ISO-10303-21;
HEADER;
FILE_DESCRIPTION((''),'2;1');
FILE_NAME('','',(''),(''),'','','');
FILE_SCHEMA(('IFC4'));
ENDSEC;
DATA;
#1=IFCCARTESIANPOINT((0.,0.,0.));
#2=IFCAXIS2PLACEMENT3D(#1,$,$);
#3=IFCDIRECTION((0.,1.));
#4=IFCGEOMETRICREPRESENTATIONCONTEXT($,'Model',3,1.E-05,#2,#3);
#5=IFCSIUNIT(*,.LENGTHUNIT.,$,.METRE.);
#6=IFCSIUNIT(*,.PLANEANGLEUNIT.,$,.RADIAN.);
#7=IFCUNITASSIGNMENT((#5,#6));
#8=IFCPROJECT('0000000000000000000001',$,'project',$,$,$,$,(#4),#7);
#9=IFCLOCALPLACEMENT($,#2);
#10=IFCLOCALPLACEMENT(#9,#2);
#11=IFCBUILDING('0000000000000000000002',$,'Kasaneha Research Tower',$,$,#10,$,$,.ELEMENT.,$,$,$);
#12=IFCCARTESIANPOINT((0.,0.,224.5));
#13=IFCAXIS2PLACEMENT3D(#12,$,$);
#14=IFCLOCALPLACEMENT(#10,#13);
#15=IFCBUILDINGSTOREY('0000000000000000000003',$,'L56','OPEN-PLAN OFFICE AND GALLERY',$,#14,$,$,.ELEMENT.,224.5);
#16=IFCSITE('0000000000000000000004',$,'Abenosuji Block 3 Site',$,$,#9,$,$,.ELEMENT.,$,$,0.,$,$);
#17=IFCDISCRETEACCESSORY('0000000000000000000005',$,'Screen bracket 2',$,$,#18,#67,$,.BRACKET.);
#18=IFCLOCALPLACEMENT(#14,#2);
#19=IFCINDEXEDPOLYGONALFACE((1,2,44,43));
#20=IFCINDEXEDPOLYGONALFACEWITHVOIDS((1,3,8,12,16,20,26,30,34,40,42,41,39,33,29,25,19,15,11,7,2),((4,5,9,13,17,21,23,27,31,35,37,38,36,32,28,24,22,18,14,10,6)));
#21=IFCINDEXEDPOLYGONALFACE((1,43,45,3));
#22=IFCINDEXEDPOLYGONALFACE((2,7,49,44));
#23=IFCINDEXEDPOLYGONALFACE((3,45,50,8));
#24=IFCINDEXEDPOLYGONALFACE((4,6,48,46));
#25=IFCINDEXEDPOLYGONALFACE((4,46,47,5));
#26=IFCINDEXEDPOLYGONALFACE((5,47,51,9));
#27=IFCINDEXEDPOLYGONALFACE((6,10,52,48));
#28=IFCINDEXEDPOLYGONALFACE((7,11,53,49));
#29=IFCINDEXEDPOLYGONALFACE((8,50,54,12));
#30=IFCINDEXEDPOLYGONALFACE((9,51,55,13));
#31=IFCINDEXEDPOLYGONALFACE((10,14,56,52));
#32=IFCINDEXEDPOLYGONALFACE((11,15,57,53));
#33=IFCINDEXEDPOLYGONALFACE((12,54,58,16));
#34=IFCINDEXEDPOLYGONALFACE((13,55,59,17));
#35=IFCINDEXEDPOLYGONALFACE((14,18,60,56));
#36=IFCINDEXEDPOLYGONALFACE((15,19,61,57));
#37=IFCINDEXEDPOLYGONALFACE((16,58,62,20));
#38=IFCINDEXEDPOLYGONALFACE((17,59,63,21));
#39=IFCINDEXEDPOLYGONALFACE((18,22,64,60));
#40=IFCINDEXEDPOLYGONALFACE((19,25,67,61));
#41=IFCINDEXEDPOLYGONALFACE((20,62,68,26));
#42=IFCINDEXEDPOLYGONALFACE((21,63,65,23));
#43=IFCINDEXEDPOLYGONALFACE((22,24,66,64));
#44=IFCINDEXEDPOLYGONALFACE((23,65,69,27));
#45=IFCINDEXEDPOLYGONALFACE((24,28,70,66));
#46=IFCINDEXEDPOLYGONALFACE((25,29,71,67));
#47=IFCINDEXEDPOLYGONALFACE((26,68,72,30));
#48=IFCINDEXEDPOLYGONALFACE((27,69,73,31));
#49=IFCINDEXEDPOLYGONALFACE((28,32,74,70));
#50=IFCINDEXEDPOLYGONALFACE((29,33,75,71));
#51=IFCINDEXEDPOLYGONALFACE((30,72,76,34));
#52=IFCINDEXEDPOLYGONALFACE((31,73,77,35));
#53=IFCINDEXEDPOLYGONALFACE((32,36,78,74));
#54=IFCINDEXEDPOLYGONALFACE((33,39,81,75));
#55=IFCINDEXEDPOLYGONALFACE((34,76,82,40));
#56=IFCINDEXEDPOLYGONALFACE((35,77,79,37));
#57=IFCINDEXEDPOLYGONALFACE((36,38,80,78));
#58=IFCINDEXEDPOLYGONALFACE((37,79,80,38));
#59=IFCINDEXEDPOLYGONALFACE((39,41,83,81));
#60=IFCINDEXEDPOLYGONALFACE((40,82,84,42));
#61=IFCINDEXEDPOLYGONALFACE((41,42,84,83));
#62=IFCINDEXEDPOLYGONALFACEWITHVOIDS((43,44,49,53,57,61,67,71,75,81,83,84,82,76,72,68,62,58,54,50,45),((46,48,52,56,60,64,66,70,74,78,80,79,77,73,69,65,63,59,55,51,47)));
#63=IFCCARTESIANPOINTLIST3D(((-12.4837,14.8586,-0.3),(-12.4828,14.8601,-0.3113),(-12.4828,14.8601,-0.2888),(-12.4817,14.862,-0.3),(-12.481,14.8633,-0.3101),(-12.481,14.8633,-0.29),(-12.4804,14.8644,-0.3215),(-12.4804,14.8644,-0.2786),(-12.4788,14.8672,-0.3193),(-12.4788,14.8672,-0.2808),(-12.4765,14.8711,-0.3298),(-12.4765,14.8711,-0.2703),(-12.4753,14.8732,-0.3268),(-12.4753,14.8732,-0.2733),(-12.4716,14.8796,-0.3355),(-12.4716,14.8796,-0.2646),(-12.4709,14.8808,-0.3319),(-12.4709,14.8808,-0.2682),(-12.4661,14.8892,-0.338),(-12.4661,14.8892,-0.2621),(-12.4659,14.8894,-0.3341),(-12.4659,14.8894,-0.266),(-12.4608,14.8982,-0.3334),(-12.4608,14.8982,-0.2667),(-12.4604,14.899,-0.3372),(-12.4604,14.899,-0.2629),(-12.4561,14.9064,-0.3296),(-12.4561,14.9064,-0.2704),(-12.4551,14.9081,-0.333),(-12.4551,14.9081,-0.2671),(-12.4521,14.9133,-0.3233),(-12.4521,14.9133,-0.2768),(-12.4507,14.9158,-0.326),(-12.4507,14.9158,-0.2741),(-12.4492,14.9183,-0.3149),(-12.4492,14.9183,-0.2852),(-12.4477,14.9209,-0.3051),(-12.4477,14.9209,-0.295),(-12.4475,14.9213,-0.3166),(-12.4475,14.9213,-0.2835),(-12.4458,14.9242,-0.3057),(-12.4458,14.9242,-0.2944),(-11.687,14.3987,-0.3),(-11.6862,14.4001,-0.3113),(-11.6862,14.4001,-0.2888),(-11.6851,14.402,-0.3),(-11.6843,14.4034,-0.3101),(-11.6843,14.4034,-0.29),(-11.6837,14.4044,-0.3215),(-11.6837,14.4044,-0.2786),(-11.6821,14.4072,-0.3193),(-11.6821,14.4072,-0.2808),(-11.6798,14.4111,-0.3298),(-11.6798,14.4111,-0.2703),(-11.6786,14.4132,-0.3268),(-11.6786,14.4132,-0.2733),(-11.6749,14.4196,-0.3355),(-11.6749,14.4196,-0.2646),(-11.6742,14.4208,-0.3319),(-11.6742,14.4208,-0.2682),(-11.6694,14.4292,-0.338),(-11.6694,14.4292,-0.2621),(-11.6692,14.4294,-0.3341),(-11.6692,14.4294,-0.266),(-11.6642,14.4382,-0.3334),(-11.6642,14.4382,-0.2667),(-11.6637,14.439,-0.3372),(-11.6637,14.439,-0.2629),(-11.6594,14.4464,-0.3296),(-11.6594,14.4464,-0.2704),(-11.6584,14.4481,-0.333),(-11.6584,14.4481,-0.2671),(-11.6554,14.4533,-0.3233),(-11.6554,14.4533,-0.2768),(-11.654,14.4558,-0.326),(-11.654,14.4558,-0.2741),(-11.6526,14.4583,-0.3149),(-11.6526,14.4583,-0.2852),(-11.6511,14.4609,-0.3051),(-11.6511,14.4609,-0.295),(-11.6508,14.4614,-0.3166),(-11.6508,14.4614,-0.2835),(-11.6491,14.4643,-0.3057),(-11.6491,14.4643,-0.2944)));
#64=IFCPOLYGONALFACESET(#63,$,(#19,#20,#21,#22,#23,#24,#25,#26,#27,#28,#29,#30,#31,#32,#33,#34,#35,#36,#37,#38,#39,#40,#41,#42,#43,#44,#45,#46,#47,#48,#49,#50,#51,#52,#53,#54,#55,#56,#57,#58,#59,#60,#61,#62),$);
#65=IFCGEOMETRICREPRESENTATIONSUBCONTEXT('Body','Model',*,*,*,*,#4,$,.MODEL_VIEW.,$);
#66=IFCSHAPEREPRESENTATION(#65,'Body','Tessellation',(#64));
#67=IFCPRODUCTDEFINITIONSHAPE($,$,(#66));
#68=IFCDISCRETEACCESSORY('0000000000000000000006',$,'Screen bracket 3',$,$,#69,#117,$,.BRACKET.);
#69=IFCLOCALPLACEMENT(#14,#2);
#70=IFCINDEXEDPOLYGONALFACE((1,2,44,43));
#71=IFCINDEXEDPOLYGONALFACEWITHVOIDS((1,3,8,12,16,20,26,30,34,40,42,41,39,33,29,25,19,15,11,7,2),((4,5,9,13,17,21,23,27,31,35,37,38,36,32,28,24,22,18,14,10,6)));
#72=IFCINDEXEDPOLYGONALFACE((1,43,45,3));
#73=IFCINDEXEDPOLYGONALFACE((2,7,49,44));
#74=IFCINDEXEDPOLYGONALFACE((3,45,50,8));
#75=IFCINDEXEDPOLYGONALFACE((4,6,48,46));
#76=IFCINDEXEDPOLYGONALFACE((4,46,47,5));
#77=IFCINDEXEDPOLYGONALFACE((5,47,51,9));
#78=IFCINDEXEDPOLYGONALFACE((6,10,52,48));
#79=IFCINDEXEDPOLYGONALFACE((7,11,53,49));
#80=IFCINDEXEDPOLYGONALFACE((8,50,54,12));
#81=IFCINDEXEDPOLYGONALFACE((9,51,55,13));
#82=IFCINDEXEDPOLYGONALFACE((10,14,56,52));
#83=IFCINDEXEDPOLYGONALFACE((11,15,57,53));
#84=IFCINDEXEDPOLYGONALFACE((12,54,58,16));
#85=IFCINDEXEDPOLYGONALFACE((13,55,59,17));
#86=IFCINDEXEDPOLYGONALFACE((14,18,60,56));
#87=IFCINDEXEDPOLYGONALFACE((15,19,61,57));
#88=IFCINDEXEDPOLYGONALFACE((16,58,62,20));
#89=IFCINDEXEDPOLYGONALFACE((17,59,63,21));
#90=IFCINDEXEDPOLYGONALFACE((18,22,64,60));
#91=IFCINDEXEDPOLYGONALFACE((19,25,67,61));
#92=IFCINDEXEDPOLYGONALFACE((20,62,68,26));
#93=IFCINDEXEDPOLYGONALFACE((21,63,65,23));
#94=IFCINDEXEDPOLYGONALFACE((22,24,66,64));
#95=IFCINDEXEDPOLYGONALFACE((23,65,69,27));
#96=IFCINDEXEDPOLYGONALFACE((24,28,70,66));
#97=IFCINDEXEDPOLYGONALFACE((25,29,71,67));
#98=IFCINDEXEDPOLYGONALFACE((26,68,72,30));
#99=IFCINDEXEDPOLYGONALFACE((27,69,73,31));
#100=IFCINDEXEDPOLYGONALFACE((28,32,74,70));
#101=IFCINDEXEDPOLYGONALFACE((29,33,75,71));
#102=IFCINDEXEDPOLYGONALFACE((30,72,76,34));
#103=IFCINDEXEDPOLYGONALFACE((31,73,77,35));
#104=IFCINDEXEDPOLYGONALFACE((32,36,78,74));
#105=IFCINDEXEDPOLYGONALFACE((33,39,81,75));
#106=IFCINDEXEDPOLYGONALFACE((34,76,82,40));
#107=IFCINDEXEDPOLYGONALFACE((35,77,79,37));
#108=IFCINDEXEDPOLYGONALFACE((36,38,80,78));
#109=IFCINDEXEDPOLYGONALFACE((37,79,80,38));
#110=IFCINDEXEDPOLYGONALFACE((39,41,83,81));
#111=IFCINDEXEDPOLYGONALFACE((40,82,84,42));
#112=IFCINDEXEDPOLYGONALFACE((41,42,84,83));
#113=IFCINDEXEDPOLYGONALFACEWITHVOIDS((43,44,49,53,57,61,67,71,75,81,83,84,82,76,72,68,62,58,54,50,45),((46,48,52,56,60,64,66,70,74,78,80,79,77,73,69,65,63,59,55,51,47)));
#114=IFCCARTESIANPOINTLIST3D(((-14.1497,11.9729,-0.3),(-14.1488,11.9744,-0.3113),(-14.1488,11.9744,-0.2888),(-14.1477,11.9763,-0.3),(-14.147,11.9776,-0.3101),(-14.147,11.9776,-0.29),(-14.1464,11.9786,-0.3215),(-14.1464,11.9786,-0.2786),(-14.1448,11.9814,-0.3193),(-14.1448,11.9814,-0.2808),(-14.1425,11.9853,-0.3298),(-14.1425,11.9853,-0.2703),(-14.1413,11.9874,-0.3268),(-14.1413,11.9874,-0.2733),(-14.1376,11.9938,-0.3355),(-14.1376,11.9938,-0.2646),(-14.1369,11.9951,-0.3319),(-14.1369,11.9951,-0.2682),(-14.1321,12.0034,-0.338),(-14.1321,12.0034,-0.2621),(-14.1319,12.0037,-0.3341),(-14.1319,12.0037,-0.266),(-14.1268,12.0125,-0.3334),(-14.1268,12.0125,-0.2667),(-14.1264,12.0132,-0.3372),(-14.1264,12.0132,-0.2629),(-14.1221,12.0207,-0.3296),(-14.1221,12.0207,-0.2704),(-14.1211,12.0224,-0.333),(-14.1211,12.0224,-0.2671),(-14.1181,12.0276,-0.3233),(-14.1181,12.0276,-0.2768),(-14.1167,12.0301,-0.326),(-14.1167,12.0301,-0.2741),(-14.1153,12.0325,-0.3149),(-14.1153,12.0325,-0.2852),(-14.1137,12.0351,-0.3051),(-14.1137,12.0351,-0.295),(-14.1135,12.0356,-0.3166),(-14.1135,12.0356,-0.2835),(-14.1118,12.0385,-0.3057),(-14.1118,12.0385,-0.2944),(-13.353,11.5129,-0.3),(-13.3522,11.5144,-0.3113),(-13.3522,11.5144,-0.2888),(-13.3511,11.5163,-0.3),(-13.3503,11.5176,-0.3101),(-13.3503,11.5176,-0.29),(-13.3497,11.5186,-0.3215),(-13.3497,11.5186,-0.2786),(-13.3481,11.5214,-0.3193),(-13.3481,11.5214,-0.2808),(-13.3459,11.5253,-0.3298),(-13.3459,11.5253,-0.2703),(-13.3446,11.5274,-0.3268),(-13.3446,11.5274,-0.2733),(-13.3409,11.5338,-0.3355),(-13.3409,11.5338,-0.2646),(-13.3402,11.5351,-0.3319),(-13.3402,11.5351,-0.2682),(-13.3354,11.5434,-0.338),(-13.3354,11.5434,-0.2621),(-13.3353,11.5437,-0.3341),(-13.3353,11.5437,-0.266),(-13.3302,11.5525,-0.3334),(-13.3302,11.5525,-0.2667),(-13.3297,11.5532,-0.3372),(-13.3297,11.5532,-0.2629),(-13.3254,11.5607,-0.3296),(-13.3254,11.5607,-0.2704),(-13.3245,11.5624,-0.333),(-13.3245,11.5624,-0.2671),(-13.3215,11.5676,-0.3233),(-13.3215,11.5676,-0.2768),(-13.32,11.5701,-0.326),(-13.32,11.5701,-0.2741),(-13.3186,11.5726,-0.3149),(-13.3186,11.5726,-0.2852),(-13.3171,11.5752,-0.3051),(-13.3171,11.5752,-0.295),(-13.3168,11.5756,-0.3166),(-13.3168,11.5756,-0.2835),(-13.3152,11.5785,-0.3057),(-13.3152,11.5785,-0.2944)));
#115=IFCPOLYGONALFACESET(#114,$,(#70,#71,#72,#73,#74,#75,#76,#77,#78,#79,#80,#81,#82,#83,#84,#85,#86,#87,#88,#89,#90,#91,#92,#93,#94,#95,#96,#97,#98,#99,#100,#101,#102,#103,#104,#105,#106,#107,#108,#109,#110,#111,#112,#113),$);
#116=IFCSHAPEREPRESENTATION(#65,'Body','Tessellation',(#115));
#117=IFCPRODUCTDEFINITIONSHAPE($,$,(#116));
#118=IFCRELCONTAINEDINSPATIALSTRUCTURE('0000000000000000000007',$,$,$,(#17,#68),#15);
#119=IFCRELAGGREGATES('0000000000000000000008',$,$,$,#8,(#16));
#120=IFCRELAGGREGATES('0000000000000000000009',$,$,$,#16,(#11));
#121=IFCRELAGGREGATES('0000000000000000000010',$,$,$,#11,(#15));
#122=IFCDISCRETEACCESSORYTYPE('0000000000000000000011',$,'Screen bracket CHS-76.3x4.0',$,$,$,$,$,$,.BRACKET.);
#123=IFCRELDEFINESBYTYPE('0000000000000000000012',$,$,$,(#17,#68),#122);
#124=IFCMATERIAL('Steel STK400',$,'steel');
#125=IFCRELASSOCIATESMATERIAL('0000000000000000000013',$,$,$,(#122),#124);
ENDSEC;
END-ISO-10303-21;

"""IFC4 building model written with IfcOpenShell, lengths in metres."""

from ifc_helpers import new_model, si_unit, direction, frame, origin, origin_2d, place, context, subcontext, project, spatial, hollow_circle, extrude, material, material_profile, profile_set, type_object, element, save


model = new_model("IFC4")

# Units and contexts
model_context = context("Model", 3, precision=1e-05, world=origin(), true_north=direction((0.0, 1.0)))
body_context = subcontext(model_context, "Body", "Model", "MODEL_VIEW")
ifc_project = project(units=[si_unit("LENGTHUNIT", "METRE"), si_unit("PLANEANGLEUNIT", "RADIAN")], contexts=[model_context])

# Site, building, storey
site_placement = place(None, origin())
site = spatial("IfcSite", under=ifc_project, at=site_placement, Name="Abenosuji Block 3 Site", CompositionType="ELEMENT", RefElevation=0.0)
building_placement = place(site_placement, origin())
building = spatial("IfcBuilding", under=site, at=building_placement, Name="Kasaneha Research Tower", CompositionType="ELEMENT")
storey_placement = place(building_placement, frame((0.0, 0.0, 224.5)))
storey = spatial("IfcBuildingStorey", under=building, at=storey_placement, Name="L56", Description="OPEN-PLAN OFFICE AND GALLERY", CompositionType="ELEMENT", Elevation=224.5)

# Discrete accessories
ifc_material_1 = material(Name="Steel STK400", Category="steel")
ifc_material_profile_1 = material_profile(ifc_material_1, hollow_circle(Radius=0.0381, WallThickness=0.0039, at=origin_2d()), Name="CHS-76.3x4.0")
ifc_profile_set_1 = profile_set([ifc_material_profile_1], Name="Steel STK400")
discrete_accessory_type = type_object("IfcDiscreteAccessoryType", Name="Screen bracket CHS-76.3x4.0", PredefinedType="BRACKET", material=ifc_profile_set_1)
for number, where, z_axis, x_axis, name in (
    (1, (-11.668, 14.4316, -0.3), (-0.866013, 0.500021, 0.0), (-0.500021, -0.866013, 0.0), "Screen bracket 2"),
    (2, (-13.334, 11.5459, -0.3), (-0.866013, 0.500021, 0.0), (-0.500021, -0.866013, 0.0), "Screen bracket 3"),
):
    element("IfcDiscreteAccessory", number, at=place(storey_placement, frame(where, z_axis=z_axis, x_axis=x_axis)), inside=storey, type_object=discrete_accessory_type, Name=name, PredefinedType="BRACKET", context=body_context, shape_type="SweptSolid", body=[
        extrude(hollow_circle(Radius=0.0381, WallThickness=0.0039, at=origin_2d()), origin(), (0.0, 0.0, 1.0), 0.9199),
    ])

save(model, "model.ifc")
